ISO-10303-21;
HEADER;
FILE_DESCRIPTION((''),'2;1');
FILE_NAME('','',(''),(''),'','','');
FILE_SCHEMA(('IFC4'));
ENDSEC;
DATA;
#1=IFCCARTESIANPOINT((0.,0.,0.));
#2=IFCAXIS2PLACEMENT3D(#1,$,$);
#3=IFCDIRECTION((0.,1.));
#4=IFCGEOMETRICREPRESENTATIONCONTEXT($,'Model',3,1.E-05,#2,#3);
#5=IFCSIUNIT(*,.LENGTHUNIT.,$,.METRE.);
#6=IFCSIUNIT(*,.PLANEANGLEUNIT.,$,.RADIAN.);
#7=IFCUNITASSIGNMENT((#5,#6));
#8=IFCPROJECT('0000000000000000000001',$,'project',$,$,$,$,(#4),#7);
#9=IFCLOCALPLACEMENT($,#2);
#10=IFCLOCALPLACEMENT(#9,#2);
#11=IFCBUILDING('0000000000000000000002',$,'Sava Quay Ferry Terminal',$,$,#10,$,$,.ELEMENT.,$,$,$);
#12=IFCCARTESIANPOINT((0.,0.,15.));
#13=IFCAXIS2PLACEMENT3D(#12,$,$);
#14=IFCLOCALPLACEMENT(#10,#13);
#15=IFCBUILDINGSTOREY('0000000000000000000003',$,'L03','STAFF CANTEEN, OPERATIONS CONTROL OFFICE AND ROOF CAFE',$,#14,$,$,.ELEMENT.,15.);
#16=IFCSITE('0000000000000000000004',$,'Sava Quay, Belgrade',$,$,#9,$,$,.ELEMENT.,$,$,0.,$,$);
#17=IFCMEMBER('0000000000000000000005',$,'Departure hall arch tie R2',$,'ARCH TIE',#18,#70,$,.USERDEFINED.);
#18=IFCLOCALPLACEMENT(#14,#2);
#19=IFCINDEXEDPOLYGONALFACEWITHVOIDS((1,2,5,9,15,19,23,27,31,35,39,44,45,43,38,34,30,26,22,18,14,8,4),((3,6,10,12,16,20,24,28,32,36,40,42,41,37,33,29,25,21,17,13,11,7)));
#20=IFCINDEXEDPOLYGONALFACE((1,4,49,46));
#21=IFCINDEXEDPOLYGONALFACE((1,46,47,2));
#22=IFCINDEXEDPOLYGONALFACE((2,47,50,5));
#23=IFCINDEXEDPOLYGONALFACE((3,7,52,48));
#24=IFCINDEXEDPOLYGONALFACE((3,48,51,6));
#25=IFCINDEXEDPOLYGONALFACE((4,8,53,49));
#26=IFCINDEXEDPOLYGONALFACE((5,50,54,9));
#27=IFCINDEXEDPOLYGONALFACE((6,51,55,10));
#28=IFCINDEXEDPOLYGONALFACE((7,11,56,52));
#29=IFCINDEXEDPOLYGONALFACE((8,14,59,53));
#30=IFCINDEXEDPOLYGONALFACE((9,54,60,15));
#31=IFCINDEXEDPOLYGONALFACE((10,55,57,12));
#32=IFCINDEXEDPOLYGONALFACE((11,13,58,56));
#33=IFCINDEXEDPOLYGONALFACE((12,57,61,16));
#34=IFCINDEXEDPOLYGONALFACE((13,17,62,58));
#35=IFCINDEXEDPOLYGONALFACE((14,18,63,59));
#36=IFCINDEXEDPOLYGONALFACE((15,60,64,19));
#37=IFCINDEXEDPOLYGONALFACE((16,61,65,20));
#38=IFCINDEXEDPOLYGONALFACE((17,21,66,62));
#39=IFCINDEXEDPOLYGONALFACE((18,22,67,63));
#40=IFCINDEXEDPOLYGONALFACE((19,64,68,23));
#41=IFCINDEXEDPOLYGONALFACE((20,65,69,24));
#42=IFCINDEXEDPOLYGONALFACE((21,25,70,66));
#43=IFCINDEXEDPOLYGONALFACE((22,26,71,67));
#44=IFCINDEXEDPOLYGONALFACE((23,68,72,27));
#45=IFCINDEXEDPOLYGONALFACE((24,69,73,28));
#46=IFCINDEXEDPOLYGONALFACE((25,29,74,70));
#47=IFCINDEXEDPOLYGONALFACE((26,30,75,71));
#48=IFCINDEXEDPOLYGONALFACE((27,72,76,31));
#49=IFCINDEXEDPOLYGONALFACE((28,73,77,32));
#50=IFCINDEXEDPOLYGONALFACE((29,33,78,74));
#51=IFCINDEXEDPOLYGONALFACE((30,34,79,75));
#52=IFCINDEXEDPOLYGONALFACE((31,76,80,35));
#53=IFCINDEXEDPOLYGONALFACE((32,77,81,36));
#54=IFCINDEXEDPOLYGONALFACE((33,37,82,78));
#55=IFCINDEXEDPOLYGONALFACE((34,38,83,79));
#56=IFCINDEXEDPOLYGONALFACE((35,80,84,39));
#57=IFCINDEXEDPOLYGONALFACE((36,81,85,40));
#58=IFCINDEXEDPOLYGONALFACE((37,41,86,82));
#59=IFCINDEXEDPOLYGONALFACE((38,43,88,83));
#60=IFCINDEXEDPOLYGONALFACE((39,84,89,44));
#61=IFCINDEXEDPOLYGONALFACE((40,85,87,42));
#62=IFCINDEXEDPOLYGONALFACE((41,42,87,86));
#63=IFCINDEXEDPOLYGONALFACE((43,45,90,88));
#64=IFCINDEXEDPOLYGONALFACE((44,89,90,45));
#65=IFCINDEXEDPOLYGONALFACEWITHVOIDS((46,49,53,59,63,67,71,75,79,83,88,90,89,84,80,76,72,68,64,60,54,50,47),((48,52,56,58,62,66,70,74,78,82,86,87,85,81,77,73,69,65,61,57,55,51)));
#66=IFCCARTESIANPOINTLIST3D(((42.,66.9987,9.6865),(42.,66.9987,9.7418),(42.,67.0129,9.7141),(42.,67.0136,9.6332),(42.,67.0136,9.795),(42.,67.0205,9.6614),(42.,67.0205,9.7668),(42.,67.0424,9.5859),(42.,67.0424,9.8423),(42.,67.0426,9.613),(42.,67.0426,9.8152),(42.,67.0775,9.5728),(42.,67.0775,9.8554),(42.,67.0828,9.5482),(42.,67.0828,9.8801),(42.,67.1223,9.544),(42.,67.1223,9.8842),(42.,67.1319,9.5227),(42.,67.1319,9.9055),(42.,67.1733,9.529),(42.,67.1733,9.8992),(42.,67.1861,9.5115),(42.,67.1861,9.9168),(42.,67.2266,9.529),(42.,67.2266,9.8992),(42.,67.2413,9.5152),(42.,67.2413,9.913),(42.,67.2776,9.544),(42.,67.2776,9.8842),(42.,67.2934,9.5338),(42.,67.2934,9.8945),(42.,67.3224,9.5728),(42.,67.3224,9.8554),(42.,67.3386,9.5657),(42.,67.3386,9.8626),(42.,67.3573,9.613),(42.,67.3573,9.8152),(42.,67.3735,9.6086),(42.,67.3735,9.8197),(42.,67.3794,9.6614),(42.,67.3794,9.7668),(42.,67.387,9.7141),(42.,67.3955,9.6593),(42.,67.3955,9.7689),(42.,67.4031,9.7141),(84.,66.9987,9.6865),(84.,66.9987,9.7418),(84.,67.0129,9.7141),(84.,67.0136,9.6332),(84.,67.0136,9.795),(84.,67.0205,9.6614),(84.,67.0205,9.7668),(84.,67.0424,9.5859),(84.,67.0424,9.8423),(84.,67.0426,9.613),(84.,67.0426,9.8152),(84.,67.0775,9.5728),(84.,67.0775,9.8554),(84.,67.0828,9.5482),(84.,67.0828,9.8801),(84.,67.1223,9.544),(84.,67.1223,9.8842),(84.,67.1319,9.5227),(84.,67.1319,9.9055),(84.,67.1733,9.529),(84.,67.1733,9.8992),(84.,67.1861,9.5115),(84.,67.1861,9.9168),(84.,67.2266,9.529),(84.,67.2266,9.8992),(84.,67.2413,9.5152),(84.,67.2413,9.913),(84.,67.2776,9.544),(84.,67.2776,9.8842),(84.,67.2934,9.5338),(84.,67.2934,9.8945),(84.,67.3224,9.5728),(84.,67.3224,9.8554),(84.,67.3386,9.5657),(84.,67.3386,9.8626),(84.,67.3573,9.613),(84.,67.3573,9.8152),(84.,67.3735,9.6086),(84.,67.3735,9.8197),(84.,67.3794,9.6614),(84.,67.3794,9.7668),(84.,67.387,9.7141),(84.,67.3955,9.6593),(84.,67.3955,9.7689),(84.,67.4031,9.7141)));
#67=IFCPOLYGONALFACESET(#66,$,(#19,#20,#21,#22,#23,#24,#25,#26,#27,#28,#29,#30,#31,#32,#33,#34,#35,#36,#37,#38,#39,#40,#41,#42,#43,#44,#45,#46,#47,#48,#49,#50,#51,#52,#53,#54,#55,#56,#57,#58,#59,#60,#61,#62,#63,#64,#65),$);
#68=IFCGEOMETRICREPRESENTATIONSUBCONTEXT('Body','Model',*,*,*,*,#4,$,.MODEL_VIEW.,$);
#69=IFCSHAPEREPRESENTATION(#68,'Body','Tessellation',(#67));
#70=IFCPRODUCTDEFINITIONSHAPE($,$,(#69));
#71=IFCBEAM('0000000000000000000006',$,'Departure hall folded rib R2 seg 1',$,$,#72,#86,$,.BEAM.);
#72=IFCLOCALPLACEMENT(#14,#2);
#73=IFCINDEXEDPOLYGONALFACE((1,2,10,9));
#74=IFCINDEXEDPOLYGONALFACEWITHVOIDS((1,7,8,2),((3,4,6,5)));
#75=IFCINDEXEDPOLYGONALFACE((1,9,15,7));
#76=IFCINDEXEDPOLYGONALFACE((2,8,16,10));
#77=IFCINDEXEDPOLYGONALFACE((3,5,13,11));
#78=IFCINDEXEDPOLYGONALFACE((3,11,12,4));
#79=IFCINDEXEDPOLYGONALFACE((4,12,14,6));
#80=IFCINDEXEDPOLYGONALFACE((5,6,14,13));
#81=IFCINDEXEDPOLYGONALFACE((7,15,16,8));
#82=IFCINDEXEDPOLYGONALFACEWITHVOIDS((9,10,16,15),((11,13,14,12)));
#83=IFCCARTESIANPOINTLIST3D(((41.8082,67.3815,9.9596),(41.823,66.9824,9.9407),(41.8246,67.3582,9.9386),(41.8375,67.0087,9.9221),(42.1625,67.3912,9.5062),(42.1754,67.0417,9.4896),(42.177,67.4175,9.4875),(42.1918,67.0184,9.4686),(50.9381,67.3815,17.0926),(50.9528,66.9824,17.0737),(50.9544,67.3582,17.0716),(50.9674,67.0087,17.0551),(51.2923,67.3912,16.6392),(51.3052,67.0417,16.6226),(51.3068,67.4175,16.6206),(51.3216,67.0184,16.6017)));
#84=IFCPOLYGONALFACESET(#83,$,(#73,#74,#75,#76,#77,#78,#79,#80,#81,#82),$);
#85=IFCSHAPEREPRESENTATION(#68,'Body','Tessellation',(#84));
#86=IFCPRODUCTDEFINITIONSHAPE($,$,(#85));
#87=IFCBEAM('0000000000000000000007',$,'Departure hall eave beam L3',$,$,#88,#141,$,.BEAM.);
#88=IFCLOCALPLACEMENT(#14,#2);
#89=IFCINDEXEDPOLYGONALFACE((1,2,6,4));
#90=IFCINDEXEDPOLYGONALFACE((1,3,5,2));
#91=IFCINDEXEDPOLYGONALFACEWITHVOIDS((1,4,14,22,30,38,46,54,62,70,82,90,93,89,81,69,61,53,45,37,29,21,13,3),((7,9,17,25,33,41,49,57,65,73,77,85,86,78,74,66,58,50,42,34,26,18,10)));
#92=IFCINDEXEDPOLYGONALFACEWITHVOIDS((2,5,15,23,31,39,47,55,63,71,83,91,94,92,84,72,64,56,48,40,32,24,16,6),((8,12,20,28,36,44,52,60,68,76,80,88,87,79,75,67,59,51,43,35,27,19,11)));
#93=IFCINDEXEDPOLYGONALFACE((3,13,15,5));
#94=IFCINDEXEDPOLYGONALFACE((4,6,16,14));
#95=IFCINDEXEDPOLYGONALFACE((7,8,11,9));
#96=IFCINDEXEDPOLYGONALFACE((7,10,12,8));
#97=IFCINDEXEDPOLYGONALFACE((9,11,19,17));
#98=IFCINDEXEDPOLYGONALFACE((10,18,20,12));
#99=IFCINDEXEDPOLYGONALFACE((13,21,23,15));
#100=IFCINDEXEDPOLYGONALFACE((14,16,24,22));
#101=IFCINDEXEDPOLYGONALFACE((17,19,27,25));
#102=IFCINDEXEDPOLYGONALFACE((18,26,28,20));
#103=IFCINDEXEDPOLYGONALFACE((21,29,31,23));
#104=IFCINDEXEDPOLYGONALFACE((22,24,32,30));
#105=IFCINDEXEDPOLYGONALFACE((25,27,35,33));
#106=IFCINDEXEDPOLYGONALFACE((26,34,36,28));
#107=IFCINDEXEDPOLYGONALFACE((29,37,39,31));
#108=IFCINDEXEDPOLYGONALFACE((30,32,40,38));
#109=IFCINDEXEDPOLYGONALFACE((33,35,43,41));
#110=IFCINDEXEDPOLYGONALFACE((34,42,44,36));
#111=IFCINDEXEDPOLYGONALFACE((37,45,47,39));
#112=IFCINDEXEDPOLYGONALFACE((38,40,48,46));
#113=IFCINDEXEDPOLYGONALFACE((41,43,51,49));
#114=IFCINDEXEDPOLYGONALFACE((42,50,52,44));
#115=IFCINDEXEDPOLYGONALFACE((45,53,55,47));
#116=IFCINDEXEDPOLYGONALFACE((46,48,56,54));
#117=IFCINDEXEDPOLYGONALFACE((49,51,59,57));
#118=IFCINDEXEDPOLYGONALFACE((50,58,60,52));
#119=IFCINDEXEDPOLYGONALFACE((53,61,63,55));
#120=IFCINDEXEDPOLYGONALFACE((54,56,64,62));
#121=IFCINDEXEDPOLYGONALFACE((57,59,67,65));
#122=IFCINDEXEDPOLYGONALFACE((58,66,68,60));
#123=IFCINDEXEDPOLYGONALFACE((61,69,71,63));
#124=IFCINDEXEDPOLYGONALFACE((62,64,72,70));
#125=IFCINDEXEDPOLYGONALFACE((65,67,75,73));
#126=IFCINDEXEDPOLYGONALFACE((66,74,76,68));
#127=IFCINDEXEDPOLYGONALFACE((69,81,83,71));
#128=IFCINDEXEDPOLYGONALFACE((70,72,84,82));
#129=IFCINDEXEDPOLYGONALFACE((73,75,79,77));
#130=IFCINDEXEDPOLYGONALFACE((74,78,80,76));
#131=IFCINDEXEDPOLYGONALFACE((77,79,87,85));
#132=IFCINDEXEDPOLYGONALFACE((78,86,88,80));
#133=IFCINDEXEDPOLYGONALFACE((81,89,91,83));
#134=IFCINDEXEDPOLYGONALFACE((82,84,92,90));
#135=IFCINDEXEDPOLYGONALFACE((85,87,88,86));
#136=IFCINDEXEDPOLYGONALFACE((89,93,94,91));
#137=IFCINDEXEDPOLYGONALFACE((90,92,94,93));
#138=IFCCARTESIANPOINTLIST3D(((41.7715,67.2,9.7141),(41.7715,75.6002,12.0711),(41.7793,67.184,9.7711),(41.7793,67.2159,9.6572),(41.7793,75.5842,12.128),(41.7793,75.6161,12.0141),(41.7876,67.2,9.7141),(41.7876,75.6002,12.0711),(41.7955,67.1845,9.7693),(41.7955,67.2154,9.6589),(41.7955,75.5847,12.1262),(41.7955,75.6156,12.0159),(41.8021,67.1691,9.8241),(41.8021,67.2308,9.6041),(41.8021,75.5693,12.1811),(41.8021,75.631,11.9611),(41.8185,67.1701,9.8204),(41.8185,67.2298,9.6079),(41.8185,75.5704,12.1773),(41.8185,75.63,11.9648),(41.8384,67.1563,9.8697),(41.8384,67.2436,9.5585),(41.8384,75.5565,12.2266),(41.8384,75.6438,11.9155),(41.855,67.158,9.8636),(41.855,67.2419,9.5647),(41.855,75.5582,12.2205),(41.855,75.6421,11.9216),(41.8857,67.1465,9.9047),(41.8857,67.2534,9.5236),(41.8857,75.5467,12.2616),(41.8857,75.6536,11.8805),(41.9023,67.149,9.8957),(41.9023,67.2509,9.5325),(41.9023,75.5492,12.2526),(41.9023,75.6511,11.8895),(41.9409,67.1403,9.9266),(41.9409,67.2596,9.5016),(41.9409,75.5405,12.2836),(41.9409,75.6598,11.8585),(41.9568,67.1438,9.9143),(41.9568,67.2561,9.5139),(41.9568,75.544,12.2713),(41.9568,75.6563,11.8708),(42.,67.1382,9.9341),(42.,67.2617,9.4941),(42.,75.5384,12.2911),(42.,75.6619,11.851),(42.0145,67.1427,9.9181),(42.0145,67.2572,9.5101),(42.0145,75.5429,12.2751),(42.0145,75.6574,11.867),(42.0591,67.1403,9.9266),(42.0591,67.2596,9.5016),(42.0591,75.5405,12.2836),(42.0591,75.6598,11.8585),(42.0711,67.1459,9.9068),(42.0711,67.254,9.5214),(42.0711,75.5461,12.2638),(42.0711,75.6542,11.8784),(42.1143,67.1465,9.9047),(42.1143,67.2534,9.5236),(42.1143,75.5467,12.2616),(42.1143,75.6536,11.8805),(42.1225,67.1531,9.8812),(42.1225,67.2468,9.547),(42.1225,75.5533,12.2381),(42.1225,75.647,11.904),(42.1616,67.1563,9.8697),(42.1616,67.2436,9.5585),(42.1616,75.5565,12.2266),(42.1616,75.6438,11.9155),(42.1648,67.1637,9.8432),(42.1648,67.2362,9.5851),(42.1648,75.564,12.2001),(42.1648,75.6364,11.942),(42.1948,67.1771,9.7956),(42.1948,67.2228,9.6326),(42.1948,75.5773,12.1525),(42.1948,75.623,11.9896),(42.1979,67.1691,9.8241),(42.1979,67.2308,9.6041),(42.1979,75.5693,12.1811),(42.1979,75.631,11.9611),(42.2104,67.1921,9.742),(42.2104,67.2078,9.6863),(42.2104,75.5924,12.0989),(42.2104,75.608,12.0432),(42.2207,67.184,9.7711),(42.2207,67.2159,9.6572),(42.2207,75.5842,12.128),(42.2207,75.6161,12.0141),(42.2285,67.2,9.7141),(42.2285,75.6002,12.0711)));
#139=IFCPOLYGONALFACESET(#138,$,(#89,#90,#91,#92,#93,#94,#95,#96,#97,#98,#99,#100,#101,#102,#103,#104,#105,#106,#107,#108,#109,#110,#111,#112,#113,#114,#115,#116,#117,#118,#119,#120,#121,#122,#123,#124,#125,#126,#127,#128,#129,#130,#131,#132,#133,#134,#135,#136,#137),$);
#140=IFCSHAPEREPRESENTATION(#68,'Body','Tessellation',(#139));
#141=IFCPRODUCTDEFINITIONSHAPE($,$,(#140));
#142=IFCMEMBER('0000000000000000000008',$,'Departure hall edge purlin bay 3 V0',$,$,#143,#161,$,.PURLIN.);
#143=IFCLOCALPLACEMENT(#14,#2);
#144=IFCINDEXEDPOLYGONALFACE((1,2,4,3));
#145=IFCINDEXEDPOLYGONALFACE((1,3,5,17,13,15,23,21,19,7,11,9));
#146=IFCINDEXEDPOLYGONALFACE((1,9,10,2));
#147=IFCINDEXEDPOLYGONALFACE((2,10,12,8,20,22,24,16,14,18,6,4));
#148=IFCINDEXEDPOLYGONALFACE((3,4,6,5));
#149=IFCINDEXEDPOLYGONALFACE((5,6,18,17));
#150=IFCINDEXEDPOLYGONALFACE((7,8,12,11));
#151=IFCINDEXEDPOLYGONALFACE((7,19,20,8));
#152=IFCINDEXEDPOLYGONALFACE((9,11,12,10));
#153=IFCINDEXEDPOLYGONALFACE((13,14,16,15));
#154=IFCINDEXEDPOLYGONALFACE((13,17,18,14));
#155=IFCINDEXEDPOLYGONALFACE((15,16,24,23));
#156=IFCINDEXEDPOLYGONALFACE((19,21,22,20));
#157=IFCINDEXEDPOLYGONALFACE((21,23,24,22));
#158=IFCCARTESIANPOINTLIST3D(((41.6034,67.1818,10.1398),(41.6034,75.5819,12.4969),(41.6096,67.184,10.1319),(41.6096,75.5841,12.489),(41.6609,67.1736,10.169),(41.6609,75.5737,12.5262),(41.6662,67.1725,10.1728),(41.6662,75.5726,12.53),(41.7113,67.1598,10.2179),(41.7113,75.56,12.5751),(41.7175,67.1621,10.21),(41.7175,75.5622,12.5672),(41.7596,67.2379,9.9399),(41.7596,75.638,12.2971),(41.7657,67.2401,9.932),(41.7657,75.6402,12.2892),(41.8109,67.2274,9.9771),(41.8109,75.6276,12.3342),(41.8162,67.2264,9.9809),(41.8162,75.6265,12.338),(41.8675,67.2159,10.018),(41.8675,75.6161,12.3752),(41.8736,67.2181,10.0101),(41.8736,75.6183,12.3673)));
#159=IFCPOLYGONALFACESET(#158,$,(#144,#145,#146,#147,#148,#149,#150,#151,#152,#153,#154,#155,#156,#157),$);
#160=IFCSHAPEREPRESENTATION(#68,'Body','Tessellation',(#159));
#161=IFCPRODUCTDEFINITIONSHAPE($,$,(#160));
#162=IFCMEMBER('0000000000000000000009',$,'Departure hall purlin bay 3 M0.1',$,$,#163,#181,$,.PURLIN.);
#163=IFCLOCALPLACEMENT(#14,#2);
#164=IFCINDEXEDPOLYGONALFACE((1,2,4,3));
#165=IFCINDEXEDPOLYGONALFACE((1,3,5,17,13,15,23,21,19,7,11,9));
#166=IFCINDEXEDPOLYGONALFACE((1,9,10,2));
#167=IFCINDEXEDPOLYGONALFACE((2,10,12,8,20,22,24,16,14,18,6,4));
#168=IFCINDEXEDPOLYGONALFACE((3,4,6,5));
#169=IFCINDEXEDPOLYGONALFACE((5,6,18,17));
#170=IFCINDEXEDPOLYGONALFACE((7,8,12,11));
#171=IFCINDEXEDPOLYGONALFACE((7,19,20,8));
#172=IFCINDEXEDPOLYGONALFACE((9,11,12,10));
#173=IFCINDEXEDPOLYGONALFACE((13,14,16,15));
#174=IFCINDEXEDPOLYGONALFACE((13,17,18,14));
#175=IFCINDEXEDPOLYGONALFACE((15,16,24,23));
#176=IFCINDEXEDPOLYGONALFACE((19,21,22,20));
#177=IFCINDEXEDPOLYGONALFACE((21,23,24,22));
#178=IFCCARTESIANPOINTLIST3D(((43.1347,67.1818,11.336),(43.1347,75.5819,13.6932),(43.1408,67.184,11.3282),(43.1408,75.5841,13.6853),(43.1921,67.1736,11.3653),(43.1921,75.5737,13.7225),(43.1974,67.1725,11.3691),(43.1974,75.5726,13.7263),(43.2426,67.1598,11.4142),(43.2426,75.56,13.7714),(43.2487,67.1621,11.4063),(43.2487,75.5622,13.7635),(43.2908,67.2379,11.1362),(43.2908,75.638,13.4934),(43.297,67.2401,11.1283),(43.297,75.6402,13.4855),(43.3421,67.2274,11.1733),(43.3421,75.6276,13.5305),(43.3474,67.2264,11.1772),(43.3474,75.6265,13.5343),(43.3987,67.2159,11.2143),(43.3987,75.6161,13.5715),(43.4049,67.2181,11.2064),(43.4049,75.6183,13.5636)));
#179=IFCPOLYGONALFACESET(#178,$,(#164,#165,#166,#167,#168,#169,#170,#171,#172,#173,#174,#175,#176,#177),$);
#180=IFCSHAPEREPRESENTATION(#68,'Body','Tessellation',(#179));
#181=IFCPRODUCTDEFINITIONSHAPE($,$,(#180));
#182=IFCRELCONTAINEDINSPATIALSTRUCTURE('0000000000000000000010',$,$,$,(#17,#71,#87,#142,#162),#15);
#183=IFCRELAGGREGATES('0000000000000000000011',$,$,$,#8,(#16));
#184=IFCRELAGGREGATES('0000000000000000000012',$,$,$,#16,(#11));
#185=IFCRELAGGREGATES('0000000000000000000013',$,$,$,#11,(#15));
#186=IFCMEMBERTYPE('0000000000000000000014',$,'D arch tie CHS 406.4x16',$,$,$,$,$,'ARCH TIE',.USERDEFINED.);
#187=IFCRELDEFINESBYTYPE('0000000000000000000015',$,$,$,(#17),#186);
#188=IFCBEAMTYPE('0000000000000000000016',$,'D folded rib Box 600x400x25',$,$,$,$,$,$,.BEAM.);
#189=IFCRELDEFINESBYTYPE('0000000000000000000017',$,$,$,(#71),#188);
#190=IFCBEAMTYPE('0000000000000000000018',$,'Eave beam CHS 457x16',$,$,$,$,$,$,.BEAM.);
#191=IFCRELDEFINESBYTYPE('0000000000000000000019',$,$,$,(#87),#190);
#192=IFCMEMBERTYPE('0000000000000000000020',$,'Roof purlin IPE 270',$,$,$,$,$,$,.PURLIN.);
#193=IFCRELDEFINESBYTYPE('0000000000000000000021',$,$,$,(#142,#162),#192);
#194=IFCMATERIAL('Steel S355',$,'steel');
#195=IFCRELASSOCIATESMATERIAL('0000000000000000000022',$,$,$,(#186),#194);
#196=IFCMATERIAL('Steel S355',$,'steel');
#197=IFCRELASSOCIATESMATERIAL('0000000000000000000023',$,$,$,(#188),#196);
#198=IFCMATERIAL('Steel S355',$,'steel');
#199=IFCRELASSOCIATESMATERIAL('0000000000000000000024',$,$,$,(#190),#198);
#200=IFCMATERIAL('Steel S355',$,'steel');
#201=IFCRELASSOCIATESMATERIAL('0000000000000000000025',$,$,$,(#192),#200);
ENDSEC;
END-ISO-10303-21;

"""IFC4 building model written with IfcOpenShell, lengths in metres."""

from ifc_helpers import new_model, si_unit, direction, frame, origin, origin_2d, place, context, subcontext, project, spatial, polyline, hollow_circle, i_section, outline, extrude, material, material_profile, profile_set, type_object, element, save


model = new_model("IFC4")

# Units and contexts
model_context = context("Model", 3, precision=1e-05, world=origin(), true_north=direction((0.0, 1.0)))
body_context = subcontext(model_context, "Body", "Model", "MODEL_VIEW")
ifc_project = project(units=[si_unit("LENGTHUNIT", "METRE"), si_unit("PLANEANGLEUNIT", "RADIAN")], contexts=[model_context])

# Site, building, storey
site_placement = place(None, origin())
site = spatial("IfcSite", under=ifc_project, at=site_placement, Name="Sava Quay, Belgrade", CompositionType="ELEMENT", RefElevation=0.0)
building_placement = place(site_placement, origin())
building = spatial("IfcBuilding", under=site, at=building_placement, Name="Sava Quay Ferry Terminal", CompositionType="ELEMENT")
storey_placement = place(building_placement, frame((0.0, 0.0, 15.0)))
storey = spatial("IfcBuildingStorey", under=building, at=storey_placement, Name="L03", Description="STAFF CANTEEN, OPERATIONS CONTROL OFFICE AND ROOF CAFE", CompositionType="ELEMENT", Elevation=15.0)

# Member
ifc_material_1 = material(Name="Steel S355", Category="steel")
ifc_material_profile_1 = material_profile(ifc_material_1, hollow_circle(Radius=0.2031, WallThickness=0.0161, at=origin_2d()), Name="CHS 406.4 x 16.0")
ifc_profile_set_1 = profile_set([ifc_material_profile_1], Name="Steel S355")
member_type_1 = type_object("IfcMemberType", Name="D arch tie CHS 406.4x16", ElementType="ARCH TIE", PredefinedType="USERDEFINED", material=ifc_profile_set_1)
member_1_placement = place(storey_placement, frame((42.0, 67.2, 9.7141), z_axis=(1.0, 0.0, 0.0), x_axis=(0.0, 1.0, 0.0)))
element("IfcMember", 1, at=member_1_placement, inside=storey, type_object=member_type_1, Name="Departure hall arch tie R2", ObjectType="ARCH TIE", PredefinedType="USERDEFINED", context=body_context, shape_type="SweptSolid", body=[
    extrude(hollow_circle(Radius=0.2031, WallThickness=0.0161, at=origin_2d()), origin(), (0.0, 0.0, 1.0), 42.0),
])

# Beams
ifc_material_2 = material(Name="Steel S355", Category="steel")
ifc_material_profile_2 = material_profile(ifc_material_2, outline(polyline([(-0.2, -0.3), (0.2, -0.3), (0.2, 0.3), (-0.2, 0.3), (-0.2, -0.3)]), holes=[polyline([(-0.175, -0.2749), (-0.175, 0.2749), (0.175, 0.2749), (0.175, -0.2749), (-0.175, -0.2749)])]), Name="Box 600x400x25 built-up")
ifc_profile_set_2 = profile_set([ifc_material_profile_2], Name="Steel S355")
beam_type_1 = type_object("IfcBeamType", Name="D folded rib Box 600x400x25", PredefinedType="BEAM", material=ifc_profile_set_2)
beam_1_placement = place(storey_placement, frame((42.0, 67.2, 9.7141), z_axis=(0.78801, 0.0, 0.615662), x_axis=(-0.036941, 0.998198, 0.047282)))
element("IfcBeam", 2, at=beam_1_placement, inside=storey, type_object=beam_type_1, Name="Departure hall folded rib R2 seg 1", PredefinedType="BEAM", context=body_context, shape_type="SweptSolid", body=[
    extrude(outline(polyline([(-0.2, -0.3), (0.2, -0.3), (0.2, 0.3), (-0.2, 0.3), (-0.2, -0.3)]), holes=[polyline([(-0.175, -0.2749), (-0.175, 0.2749), (0.175, 0.2749), (0.175, -0.2749), (-0.175, -0.2749)])]), origin(), (0.0, 0.0, 1.0), 11.5859),
])
ifc_material_3 = material(Name="Steel S355", Category="steel")
ifc_material_profile_3 = material_profile(ifc_material_3, hollow_circle(Radius=0.2285, WallThickness=0.0161, at=origin_2d()), Name="CHS 457 x 16.0")
ifc_profile_set_3 = profile_set([ifc_material_profile_3], Name="Steel S355")
beam_type_2 = type_object("IfcBeamType", Name="Eave beam CHS 457x16", PredefinedType="BEAM", material=ifc_profile_set_3)
beam_2_placement = place(storey_placement, frame((42.0, 67.2, 9.7141), z_axis=(0.0, 0.962818, 0.27015), x_axis=(-1.0, 0.0, 0.0)))
element("IfcBeam", 3, at=beam_2_placement, inside=storey, type_object=beam_type_2, Name="Departure hall eave beam L3", PredefinedType="BEAM", context=body_context, shape_type="SweptSolid", body=[
    extrude(hollow_circle(Radius=0.2285, WallThickness=0.0161, at=origin_2d()), origin(), (0.0, 0.0, 1.0), 8.7246),
])

# Members
ifc_material_4 = material(Name="Steel S355", Category="steel")
ifc_material_profile_4 = material_profile(ifc_material_4, i_section(OverallWidth=0.135, OverallDepth=0.27, WebThickness=0.0066, FlangeThickness=0.0103, at=origin_2d()), Name="IPE 270")
ifc_profile_set_4 = profile_set([ifc_material_profile_4], Name="Steel S355")
member_type_2 = type_object("IfcMemberType", Name="Roof purlin IPE 270", PredefinedType="PURLIN", material=ifc_profile_set_4)
for number, where, z_axis, x_axis, name in (
    (4, (41.7385, 67.2, 10.075), (0.0, 0.962811, 0.270176), (-0.799142, 0.162414, -0.578786), "Departure hall edge purlin bay 3 V0"),
    (5, (43.2698, 67.2, 11.2712), (0.0, 0.962811, 0.270176), (-0.799142, 0.162414, -0.578786), "Departure hall purlin bay 3 M0.1"),
):
    element("IfcMember", number, at=place(storey_placement, frame(where, z_axis=z_axis, x_axis=x_axis)), inside=storey, type_object=member_type_2, Name=name, PredefinedType="PURLIN", context=body_context, shape_type="SweptSolid", body=[
        extrude(i_section(OverallWidth=0.135, OverallDepth=0.27, WebThickness=0.0066, FlangeThickness=0.0103, at=origin_2d()), origin(), (0.0, 0.0, 1.0), 8.7246),
    ])

save(model, "model.ifc")
